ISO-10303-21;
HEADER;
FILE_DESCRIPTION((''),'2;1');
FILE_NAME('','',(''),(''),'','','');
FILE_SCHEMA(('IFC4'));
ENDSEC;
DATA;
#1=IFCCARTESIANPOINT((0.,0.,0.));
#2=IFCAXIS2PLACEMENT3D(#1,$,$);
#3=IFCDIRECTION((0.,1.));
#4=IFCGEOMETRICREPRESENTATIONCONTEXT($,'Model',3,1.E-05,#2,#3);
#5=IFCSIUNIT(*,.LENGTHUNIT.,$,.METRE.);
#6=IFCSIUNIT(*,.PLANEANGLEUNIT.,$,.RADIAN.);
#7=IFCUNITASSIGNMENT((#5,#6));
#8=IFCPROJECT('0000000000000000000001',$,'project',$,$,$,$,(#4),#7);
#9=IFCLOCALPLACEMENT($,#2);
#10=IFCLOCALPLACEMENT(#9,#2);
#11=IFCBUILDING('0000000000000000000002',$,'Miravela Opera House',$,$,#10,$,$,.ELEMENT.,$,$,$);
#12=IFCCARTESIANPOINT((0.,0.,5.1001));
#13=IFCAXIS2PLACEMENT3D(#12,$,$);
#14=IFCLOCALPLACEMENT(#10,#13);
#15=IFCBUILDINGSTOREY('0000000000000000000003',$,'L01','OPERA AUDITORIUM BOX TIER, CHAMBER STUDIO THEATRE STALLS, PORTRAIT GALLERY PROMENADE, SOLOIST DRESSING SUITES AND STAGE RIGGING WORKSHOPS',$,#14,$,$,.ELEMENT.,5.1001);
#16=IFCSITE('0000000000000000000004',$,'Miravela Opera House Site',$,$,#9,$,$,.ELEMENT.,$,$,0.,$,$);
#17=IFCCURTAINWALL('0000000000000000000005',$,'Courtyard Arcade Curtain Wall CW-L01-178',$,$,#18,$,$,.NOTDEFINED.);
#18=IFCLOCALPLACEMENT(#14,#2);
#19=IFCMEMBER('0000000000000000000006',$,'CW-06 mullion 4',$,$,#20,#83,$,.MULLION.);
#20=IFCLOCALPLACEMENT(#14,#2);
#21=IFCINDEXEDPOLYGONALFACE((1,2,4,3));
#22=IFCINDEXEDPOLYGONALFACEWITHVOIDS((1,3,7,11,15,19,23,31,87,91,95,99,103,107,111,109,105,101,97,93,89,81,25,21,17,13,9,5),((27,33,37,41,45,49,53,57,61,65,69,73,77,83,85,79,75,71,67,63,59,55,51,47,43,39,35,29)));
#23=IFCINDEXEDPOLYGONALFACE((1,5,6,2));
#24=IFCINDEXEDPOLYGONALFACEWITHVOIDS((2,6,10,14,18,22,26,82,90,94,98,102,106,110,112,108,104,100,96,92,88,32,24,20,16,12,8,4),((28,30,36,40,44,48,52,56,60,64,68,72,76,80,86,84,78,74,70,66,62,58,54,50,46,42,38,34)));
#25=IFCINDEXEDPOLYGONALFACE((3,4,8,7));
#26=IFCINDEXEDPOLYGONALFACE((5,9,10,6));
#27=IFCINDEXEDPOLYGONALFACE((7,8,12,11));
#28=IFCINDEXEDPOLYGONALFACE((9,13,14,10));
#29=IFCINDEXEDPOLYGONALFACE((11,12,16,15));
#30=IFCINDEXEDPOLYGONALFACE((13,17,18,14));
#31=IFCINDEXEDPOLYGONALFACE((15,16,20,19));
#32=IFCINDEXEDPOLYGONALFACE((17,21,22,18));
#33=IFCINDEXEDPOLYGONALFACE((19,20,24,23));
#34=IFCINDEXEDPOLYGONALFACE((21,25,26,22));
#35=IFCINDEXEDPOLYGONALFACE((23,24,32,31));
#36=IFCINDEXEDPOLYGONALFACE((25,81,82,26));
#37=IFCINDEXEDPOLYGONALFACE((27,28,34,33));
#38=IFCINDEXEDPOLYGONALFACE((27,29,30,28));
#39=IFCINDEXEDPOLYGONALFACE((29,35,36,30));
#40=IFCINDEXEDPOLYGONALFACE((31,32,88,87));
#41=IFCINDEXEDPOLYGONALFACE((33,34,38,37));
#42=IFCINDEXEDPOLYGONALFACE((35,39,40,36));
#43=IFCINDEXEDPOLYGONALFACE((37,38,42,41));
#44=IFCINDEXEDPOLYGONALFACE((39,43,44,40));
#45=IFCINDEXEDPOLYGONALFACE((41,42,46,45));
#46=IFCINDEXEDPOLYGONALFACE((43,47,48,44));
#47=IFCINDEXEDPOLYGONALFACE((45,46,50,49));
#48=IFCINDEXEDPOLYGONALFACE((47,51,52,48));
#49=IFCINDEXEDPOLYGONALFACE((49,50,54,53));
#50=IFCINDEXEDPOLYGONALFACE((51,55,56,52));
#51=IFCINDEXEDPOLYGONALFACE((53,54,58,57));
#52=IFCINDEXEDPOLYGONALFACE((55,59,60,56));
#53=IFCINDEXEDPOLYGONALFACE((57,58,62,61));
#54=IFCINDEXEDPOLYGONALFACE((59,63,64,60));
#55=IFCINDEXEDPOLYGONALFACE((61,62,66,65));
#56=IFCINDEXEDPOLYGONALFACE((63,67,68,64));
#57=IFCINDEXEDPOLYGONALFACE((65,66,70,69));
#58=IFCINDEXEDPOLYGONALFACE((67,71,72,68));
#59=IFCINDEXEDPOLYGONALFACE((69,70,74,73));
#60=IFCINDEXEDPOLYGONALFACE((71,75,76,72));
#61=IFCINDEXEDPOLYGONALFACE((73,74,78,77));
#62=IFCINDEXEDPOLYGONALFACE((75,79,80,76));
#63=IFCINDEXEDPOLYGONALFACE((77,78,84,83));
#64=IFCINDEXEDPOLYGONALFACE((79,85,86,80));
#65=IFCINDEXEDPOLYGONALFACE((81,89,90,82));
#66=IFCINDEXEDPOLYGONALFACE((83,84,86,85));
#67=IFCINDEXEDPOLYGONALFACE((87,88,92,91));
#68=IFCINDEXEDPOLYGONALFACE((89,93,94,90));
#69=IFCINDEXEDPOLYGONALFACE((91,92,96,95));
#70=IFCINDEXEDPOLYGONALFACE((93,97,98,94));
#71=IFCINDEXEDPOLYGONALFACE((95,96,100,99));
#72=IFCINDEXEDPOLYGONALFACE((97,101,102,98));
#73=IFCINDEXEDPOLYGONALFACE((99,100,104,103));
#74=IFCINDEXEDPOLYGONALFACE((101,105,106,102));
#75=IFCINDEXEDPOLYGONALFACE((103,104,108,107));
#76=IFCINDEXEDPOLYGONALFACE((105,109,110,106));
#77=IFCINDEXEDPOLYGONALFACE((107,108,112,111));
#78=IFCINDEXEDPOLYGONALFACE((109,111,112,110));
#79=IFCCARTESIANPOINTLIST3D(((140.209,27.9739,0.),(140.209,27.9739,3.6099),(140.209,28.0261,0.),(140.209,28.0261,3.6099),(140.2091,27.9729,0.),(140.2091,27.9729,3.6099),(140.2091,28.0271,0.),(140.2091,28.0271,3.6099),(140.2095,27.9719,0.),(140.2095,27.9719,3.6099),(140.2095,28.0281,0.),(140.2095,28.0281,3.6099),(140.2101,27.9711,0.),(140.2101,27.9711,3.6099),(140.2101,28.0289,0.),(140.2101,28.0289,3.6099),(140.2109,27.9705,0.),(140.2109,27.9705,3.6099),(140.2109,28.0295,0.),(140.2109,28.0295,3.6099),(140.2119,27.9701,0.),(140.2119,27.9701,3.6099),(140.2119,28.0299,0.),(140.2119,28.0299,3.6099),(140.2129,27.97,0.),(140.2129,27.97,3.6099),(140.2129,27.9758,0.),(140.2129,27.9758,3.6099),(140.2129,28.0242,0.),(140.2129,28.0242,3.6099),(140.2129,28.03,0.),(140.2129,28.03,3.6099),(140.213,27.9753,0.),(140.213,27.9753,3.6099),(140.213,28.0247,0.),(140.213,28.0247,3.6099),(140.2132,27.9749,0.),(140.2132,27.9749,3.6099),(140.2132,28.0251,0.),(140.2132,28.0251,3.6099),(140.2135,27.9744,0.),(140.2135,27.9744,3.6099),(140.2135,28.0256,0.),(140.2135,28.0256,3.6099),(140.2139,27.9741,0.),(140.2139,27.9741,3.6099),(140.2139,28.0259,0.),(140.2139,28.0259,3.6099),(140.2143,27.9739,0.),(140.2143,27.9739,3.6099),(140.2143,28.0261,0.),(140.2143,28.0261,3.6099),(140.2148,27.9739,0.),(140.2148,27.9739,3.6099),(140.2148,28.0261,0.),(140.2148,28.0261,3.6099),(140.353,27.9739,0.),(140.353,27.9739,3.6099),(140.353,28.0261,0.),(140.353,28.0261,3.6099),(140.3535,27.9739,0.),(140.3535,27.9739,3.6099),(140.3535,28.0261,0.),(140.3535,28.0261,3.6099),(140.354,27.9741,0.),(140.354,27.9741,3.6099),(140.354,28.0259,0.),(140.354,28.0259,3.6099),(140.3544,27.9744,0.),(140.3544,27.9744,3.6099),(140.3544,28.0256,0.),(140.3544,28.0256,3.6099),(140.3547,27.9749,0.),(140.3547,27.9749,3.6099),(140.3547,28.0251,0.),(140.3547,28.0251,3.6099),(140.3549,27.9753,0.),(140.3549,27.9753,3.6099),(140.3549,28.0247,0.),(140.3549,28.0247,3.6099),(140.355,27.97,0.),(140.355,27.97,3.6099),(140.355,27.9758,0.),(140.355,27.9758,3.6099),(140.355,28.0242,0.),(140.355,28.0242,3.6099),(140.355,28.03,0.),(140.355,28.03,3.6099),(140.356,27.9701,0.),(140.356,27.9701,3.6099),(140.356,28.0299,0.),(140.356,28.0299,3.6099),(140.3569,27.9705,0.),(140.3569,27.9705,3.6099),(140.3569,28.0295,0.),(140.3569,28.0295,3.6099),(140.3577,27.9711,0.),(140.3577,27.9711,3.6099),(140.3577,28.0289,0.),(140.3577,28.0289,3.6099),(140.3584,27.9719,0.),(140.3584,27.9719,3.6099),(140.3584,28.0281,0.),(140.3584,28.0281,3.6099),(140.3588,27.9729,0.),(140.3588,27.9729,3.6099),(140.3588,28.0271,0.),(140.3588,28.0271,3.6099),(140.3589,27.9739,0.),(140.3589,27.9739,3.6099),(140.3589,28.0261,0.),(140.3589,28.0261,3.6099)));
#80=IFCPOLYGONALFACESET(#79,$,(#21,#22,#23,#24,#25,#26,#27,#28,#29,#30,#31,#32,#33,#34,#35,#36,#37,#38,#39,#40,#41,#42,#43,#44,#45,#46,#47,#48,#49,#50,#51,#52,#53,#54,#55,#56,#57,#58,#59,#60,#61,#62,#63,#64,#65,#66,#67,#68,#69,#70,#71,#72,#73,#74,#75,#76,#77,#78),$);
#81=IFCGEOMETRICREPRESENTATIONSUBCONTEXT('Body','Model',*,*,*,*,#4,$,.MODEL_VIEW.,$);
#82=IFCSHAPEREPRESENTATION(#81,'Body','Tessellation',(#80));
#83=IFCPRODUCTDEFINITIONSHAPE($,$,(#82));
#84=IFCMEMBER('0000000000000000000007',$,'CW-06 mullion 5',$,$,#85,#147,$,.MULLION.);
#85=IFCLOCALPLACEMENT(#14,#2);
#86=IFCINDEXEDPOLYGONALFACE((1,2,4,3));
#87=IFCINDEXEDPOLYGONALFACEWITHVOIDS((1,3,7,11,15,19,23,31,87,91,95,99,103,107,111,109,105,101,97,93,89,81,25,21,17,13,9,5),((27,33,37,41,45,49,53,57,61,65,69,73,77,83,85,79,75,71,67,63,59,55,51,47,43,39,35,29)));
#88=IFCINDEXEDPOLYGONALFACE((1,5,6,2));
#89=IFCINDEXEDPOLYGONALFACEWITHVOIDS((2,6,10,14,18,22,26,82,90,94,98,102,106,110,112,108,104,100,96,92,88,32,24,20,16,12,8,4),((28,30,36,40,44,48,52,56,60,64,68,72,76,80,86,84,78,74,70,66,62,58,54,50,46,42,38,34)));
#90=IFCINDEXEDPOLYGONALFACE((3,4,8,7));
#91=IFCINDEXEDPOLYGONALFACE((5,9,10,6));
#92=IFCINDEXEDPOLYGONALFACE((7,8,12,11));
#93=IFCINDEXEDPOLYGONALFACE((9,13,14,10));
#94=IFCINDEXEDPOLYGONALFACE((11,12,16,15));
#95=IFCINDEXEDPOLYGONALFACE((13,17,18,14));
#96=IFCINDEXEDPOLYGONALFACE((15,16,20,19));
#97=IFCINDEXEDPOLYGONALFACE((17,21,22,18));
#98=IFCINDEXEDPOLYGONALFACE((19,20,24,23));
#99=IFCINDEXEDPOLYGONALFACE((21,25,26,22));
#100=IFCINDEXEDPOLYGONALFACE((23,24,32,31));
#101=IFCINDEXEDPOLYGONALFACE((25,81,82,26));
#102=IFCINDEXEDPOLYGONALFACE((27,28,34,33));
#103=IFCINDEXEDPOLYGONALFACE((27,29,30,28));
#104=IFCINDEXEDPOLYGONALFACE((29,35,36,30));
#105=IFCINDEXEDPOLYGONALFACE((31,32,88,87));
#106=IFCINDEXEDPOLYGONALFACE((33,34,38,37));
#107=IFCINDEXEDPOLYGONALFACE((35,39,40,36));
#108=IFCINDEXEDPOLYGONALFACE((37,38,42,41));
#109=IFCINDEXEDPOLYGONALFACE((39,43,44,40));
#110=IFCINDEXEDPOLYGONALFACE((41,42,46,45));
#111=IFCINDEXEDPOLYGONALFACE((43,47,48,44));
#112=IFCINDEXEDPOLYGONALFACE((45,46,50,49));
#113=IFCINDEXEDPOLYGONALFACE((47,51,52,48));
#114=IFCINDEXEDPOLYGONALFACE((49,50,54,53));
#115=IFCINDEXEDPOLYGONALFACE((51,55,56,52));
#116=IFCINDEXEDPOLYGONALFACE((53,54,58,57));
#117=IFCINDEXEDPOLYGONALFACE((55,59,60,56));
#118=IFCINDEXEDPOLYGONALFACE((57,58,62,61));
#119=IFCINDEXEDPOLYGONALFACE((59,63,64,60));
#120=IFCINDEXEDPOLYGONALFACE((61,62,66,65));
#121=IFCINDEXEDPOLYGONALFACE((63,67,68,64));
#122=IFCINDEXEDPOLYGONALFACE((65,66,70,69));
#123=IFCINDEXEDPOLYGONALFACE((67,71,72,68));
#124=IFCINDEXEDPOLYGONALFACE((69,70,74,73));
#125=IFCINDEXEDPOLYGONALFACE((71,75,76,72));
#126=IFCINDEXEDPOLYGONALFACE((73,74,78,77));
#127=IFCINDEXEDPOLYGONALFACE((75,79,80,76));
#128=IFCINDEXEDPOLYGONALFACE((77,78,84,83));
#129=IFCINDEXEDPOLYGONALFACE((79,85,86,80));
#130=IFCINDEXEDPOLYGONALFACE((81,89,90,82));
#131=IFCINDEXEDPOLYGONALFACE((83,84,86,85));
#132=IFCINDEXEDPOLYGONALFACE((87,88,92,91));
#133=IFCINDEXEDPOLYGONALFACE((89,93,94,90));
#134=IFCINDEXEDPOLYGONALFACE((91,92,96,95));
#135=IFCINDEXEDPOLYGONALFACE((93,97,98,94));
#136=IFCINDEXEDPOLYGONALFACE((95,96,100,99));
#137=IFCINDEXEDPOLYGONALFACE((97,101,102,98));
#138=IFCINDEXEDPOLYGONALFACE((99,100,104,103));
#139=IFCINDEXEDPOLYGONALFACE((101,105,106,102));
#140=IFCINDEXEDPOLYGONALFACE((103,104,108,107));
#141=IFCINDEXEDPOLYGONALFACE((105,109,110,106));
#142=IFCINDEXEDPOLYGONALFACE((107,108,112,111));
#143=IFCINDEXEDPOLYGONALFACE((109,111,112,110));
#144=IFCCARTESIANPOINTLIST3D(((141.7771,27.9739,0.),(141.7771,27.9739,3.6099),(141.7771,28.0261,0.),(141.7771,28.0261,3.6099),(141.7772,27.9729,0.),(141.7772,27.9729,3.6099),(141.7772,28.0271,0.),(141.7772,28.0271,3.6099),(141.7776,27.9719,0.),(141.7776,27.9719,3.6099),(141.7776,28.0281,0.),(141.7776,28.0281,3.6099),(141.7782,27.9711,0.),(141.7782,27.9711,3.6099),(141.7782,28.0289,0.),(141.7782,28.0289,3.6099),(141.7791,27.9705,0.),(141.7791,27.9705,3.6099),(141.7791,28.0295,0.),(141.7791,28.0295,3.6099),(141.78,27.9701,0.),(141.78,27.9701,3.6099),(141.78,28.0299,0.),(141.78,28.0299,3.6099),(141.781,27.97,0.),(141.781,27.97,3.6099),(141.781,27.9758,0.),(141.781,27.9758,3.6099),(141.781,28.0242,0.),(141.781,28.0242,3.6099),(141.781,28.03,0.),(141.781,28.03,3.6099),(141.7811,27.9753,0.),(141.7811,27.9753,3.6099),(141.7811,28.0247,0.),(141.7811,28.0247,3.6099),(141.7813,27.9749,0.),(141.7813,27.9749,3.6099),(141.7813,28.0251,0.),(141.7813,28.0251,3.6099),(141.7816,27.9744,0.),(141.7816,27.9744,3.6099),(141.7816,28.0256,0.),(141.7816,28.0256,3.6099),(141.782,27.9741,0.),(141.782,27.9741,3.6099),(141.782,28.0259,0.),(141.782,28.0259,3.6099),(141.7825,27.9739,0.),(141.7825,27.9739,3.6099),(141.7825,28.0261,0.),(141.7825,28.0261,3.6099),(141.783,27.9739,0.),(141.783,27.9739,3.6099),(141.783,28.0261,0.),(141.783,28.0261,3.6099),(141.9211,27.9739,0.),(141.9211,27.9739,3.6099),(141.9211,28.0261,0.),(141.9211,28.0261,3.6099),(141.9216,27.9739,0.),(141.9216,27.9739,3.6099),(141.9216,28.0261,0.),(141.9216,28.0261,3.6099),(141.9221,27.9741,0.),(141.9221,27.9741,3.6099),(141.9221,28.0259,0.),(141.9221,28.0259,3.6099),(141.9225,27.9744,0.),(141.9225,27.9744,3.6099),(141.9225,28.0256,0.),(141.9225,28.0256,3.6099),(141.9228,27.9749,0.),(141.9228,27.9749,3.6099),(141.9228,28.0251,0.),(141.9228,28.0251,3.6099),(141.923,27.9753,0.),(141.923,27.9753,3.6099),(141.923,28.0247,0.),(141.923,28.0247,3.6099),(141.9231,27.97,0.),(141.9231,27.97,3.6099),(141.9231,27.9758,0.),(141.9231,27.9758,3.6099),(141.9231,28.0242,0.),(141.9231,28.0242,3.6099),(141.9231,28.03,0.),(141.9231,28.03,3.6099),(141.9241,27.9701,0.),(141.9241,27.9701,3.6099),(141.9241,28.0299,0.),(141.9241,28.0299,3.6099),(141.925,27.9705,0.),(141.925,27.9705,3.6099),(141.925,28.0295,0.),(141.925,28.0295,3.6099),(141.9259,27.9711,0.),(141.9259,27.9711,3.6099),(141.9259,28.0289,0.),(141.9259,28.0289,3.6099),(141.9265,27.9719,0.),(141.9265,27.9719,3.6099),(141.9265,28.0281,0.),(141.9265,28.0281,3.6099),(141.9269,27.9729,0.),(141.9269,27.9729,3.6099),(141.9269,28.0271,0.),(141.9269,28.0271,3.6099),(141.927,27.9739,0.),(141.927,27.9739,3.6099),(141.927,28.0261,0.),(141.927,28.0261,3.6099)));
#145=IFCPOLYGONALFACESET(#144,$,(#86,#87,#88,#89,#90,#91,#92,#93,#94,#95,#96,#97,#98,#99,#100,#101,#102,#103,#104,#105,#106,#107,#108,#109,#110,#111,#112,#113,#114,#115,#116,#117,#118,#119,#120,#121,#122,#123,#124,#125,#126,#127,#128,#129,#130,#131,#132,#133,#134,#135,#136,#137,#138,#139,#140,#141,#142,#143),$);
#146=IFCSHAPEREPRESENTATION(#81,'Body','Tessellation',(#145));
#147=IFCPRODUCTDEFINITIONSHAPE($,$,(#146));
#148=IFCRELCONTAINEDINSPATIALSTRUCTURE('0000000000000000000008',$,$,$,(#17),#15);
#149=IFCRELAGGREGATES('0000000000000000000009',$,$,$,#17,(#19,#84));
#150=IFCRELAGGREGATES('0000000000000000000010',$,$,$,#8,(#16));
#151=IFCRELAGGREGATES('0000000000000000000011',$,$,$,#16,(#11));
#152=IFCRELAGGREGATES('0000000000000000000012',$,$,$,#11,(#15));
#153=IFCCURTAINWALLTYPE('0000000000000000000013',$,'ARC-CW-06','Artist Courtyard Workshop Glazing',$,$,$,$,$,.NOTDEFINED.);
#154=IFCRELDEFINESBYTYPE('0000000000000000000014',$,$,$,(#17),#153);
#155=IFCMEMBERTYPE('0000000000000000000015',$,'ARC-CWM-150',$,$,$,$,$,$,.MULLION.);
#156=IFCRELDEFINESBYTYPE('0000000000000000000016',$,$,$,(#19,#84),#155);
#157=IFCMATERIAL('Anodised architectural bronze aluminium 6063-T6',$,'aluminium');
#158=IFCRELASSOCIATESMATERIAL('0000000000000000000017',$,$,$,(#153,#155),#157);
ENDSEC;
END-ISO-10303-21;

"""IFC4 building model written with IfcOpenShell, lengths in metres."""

from ifc_helpers import new_model, si_unit, direction, frame, origin, origin_2d, place, context, subcontext, project, spatial, hollow_rectangle, extrude, material, material_profile, profile_set, type_object, element, aggregate, save


model = new_model("IFC4")

# Units and contexts
model_context = context("Model", 3, precision=1e-05, world=origin(), true_north=direction((0.0, 1.0)))
body_context = subcontext(model_context, "Body", "Model", "MODEL_VIEW")
ifc_project = project(units=[si_unit("LENGTHUNIT", "METRE"), si_unit("PLANEANGLEUNIT", "RADIAN")], contexts=[model_context])

# Site, building, storey
site_placement = place(None, origin())
site = spatial("IfcSite", under=ifc_project, at=site_placement, Name="Miravela Opera House Site", CompositionType="ELEMENT", RefElevation=0.0)
building_placement = place(site_placement, origin())
building = spatial("IfcBuilding", under=site, at=building_placement, Name="Miravela Opera House", CompositionType="ELEMENT")
storey_placement = place(building_placement, frame((0.0, 0.0, 5.1001)))
storey = spatial("IfcBuildingStorey", under=building, at=storey_placement, Name="L01", Description="OPERA AUDITORIUM BOX TIER, CHAMBER STUDIO THEATRE STALLS, PORTRAIT GALLERY PROMENADE, SOLOIST DRESSING SUITES AND STAGE RIGGING WORKSHOPS", CompositionType="ELEMENT", Elevation=5.1001)

# Curtain wall, members
ifc_material_1 = material(Name="Anodised architectural bronze aluminium 6063-T6", Category="aluminium")
curtain_wall_type = type_object("IfcCurtainWallType", Name="ARC-CW-06", Description="Artist Courtyard Workshop Glazing", PredefinedType="NOTDEFINED", material=ifc_material_1)
curtain_wall_placement = place(storey_placement, origin())
curtain_wall = element("IfcCurtainWall", 1, at=curtain_wall_placement, inside=storey, type_object=curtain_wall_type, Name="Courtyard Arcade Curtain Wall CW-L01-178", PredefinedType="NOTDEFINED")
ifc_material_profile_1 = material_profile(ifc_material_1, hollow_rectangle(XDim=0.0601, YDim=0.1499, WallThickness=0.0039, InnerFilletRadius=0.002, OuterFilletRadius=0.0039, at=origin_2d()), Name="CWM-60X150")
ifc_profile_set_1 = profile_set([ifc_material_profile_1])
member_type_1 = type_object("IfcMemberType", Name="ARC-CWM-150", PredefinedType="MULLION", material=ifc_profile_set_1)
member_1_placement = place(storey_placement, frame((140.2839, 28.0, 0.0), z_axis=(0.0, 0.0, 1.0), x_axis=(0.0, 1.0, 0.0)))
member_1 = element("IfcMember", 2, at=member_1_placement, type_object=member_type_1, Name="CW-06 mullion 4", PredefinedType="MULLION", context=body_context, shape_type="SweptSolid", body=[
    extrude(hollow_rectangle(XDim=0.0601, YDim=0.1499, WallThickness=0.0039, InnerFilletRadius=0.002, OuterFilletRadius=0.0039, at=origin_2d()), origin(), (0.0, 0.0, 1.0), 3.6099),
])
member_2_placement = place(storey_placement, frame((141.8521, 28.0, 0.0), z_axis=(0.0, 0.0, 1.0), x_axis=(0.0, 1.0, 0.0)))
member_2 = element("IfcMember", 3, at=member_2_placement, type_object=member_type_1, Name="CW-06 mullion 5", PredefinedType="MULLION", context=body_context, shape_type="SweptSolid", body=[
    extrude(hollow_rectangle(XDim=0.0601, YDim=0.1499, WallThickness=0.0039, InnerFilletRadius=0.002, OuterFilletRadius=0.0039, at=origin_2d()), origin(), (0.0, 0.0, 1.0), 3.6099),
])

aggregate(curtain_wall, [member_1, member_2])

save(model, "model.ifc")
